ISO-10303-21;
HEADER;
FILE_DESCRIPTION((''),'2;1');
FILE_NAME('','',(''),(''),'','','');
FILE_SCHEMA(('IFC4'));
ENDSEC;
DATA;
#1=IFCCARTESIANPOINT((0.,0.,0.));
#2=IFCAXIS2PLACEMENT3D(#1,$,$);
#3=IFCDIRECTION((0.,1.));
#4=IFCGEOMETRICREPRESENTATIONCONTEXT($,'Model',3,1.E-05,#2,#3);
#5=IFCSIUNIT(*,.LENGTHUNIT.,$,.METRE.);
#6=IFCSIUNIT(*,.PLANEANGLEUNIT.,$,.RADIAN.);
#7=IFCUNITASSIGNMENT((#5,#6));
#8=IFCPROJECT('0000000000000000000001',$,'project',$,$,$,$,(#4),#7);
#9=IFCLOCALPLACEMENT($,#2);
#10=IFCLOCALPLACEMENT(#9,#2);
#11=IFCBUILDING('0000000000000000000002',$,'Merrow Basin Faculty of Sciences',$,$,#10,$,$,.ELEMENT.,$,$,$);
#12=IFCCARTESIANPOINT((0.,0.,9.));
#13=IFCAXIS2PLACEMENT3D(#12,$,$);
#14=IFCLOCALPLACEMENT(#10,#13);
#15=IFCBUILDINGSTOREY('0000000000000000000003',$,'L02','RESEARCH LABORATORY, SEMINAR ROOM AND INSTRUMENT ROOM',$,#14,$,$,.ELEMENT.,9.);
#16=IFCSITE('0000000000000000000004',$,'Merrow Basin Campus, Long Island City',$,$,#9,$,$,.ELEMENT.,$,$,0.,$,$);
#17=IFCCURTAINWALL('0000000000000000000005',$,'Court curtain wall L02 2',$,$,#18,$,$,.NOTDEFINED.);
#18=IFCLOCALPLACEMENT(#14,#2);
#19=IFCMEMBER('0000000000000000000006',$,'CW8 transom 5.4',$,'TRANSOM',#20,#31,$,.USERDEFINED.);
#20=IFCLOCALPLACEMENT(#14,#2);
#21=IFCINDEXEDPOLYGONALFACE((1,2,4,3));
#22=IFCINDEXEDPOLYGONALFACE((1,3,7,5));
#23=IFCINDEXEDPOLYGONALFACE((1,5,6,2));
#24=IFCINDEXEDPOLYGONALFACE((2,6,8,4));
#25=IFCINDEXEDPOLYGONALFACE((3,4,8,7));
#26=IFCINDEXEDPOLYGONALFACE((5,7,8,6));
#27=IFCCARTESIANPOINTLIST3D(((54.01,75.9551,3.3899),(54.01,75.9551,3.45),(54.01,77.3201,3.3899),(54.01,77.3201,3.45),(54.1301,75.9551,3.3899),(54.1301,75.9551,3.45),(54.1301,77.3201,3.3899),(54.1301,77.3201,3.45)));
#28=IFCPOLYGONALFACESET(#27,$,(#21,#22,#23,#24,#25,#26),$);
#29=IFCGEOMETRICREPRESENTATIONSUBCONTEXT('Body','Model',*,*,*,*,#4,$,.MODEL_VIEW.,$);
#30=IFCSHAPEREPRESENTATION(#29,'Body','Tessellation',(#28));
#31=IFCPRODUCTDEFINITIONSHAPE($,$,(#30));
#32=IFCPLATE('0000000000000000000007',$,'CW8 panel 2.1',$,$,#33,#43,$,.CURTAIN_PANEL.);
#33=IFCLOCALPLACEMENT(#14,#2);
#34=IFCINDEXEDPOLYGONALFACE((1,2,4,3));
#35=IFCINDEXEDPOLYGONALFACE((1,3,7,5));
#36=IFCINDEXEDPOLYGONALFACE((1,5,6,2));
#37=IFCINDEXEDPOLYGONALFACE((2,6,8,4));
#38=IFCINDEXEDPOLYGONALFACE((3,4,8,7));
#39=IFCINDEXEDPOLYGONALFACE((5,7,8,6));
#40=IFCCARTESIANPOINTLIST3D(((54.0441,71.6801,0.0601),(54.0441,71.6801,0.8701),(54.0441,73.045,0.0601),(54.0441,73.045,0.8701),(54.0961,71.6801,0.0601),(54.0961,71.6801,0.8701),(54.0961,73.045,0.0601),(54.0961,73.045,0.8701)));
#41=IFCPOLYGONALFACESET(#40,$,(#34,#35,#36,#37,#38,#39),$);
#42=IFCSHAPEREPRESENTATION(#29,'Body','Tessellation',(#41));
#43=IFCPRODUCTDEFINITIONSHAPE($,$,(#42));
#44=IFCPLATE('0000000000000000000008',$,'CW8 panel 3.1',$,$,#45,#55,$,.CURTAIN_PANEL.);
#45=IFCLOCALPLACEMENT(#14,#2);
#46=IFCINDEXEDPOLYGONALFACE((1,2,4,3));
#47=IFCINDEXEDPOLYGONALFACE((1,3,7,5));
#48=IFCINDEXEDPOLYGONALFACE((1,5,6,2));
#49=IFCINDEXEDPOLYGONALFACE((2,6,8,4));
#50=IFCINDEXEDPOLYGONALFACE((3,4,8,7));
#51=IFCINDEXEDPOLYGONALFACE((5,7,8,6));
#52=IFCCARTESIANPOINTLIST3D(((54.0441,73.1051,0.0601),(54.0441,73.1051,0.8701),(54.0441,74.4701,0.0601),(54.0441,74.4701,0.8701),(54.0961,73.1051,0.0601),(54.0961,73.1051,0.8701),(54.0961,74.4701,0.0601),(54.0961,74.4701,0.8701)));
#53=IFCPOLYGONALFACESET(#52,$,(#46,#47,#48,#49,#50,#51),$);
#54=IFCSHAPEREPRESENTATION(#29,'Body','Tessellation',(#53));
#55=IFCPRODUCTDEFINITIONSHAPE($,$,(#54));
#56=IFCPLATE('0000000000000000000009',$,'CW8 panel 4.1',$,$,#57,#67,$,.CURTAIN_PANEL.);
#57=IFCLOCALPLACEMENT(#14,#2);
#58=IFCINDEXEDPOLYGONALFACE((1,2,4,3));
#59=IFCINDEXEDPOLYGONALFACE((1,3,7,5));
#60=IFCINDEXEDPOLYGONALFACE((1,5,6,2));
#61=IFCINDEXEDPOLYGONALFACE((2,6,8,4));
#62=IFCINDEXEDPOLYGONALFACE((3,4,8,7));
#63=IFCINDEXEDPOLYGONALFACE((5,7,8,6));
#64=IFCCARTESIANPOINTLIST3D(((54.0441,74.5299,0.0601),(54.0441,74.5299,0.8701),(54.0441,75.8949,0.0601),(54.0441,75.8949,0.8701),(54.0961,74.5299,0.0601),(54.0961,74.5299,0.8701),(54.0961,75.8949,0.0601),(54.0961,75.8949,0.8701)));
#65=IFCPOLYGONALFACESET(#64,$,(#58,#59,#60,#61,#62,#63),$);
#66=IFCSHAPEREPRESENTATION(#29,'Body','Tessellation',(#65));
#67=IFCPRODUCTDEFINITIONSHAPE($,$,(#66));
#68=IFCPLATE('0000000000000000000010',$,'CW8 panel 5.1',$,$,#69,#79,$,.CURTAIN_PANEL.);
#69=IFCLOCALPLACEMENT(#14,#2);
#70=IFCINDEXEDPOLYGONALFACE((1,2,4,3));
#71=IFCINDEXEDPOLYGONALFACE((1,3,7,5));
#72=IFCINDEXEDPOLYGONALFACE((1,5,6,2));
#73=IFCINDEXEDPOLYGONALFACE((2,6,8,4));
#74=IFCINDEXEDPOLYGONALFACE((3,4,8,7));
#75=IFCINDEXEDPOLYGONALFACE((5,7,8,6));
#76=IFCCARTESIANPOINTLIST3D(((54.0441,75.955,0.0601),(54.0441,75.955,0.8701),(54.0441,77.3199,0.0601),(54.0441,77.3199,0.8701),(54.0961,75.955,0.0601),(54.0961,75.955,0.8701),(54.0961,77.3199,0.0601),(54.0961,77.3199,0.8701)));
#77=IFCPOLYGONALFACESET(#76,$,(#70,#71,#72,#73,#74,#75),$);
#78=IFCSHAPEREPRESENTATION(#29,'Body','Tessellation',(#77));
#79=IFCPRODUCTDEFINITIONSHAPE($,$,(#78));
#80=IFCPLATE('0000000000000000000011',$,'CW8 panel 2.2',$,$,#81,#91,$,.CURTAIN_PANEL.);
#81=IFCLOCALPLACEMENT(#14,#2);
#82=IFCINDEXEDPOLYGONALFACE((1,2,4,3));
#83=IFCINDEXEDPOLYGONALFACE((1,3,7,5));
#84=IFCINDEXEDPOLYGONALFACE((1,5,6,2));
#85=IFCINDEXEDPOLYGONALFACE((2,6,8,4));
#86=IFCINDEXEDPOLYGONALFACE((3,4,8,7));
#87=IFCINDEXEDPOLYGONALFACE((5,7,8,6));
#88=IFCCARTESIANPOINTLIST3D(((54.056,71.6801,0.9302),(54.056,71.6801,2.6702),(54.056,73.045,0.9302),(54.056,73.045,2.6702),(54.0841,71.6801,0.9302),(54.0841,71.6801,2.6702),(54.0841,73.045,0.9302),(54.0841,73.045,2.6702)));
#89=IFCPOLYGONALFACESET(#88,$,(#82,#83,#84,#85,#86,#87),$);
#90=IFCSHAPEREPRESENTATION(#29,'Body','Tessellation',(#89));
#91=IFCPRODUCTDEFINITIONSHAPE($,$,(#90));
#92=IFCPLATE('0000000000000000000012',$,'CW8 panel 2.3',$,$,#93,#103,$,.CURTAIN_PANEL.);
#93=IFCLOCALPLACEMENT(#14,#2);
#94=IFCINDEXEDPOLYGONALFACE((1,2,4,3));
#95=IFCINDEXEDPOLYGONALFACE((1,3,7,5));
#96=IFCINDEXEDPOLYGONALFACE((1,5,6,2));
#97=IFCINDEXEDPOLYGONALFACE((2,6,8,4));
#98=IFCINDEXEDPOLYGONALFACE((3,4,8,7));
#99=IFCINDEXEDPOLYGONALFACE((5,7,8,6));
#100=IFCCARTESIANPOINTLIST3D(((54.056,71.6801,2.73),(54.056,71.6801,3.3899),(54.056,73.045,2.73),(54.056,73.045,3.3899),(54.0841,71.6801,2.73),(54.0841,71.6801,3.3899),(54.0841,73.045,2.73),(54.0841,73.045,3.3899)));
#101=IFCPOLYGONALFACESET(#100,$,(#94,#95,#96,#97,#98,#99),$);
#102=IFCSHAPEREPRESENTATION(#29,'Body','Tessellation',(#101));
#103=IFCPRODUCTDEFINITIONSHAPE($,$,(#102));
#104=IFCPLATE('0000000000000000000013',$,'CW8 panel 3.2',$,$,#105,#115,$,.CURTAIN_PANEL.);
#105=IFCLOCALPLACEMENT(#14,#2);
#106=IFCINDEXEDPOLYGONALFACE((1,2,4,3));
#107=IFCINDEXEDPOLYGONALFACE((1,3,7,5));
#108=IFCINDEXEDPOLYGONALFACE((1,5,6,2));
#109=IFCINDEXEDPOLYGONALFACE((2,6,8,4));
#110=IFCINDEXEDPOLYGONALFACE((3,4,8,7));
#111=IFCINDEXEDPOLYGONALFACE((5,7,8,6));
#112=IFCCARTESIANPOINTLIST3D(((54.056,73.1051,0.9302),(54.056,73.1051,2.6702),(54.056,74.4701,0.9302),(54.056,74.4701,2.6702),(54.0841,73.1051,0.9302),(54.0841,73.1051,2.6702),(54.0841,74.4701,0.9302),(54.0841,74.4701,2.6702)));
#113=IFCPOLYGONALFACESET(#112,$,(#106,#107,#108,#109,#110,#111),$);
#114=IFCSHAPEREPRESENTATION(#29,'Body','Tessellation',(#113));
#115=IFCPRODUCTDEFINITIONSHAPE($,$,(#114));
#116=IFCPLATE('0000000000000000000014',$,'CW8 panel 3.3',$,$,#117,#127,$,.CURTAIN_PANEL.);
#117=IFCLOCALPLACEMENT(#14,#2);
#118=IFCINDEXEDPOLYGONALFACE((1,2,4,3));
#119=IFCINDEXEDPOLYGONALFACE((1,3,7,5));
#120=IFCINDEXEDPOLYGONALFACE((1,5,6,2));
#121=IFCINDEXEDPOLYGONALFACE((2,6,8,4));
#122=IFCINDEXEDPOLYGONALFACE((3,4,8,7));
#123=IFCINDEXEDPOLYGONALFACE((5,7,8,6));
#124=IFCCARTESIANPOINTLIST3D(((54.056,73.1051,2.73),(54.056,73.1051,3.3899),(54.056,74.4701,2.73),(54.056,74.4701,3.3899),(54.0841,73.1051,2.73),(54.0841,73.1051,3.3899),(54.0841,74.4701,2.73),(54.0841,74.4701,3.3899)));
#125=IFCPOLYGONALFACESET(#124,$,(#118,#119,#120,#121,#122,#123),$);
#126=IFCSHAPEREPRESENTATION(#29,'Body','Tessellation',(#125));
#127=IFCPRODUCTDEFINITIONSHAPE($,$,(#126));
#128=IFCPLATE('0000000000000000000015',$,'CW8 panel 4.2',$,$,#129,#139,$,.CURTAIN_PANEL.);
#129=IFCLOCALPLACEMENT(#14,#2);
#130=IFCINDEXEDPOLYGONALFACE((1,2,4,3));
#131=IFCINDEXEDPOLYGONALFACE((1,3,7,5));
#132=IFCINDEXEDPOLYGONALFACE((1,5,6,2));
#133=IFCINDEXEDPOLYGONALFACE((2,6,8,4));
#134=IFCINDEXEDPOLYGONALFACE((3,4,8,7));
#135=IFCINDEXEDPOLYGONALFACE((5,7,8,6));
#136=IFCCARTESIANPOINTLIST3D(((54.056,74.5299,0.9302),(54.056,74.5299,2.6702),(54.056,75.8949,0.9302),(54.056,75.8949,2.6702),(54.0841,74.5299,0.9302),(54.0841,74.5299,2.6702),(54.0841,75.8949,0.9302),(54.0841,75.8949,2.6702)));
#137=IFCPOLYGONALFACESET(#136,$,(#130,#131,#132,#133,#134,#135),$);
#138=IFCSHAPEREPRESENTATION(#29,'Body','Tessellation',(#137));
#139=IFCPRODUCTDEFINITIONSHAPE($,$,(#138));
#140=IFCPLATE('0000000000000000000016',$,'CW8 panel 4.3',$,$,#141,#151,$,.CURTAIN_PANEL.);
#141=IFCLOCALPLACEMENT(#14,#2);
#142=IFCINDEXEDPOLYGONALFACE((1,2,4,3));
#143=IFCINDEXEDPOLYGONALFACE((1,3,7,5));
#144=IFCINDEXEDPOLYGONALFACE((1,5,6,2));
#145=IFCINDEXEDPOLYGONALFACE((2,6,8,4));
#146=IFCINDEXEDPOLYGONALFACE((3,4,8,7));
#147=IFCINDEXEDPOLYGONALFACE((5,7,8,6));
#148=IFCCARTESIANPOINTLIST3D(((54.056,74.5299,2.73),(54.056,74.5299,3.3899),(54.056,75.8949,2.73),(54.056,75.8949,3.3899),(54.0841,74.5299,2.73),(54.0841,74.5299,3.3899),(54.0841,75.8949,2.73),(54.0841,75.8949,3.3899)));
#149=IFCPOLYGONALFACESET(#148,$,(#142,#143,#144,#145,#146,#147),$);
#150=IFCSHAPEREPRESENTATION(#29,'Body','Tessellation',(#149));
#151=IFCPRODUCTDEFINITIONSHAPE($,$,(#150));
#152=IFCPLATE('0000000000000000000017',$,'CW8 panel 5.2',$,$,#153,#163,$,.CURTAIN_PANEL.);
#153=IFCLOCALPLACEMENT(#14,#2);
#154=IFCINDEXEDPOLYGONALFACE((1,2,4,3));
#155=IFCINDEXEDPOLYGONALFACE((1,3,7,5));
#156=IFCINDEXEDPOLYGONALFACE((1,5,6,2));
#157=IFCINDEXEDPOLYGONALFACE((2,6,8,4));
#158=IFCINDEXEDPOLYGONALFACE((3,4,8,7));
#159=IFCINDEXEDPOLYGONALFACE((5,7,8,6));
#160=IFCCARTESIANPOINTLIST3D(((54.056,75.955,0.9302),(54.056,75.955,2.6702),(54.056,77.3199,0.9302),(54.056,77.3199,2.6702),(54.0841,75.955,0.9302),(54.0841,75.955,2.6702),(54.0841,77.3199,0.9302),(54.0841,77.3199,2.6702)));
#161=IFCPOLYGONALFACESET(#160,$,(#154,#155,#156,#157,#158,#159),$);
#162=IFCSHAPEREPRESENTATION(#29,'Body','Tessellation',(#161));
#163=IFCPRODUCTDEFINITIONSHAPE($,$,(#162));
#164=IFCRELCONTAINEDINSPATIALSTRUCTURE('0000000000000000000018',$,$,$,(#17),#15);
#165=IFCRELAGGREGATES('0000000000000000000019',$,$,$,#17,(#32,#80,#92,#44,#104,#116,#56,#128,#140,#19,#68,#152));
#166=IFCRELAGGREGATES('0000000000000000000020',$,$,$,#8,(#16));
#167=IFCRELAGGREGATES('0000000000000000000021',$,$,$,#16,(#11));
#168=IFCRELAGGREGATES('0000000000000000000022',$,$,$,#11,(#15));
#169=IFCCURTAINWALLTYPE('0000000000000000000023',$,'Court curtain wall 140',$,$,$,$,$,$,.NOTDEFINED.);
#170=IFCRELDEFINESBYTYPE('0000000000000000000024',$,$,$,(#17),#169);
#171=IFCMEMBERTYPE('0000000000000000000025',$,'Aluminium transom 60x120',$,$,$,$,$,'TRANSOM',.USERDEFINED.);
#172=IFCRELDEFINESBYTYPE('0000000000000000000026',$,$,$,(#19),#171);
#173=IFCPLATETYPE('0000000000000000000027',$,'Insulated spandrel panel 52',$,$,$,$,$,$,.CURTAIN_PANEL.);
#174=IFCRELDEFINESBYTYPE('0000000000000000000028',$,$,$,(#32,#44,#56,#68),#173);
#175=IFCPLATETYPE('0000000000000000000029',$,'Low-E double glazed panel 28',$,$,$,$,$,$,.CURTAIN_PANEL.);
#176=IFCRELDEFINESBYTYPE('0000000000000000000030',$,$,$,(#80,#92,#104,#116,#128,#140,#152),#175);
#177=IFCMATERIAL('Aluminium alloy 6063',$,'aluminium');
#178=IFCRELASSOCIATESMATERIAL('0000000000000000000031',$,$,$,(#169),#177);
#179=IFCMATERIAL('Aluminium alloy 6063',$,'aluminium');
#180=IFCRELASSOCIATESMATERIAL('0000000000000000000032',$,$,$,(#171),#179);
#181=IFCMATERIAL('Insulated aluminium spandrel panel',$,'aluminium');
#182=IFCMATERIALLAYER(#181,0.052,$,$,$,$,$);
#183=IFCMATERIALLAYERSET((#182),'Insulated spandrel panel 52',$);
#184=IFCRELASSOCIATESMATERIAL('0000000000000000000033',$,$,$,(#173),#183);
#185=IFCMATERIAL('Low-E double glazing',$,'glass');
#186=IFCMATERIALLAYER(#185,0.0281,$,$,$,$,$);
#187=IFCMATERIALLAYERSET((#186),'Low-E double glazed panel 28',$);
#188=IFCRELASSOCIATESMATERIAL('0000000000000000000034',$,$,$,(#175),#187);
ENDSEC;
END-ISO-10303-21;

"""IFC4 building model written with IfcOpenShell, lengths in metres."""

from ifc_helpers import new_model, si_unit, direction, frame, origin, origin_2d, place, context, subcontext, project, spatial, rectangle, extrude, material, layer, layer_set, material_profile, profile_set, type_object, element, aggregate, save


model = new_model("IFC4")

# Units and contexts
model_context = context("Model", 3, precision=1e-05, world=origin(), true_north=direction((0.0, 1.0)))
body_context = subcontext(model_context, "Body", "Model", "MODEL_VIEW")
ifc_project = project(units=[si_unit("LENGTHUNIT", "METRE"), si_unit("PLANEANGLEUNIT", "RADIAN")], contexts=[model_context])

# Site, building, storey
site_placement = place(None, origin())
site = spatial("IfcSite", under=ifc_project, at=site_placement, Name="Merrow Basin Campus, Long Island City", CompositionType="ELEMENT", RefElevation=0.0)
building_placement = place(site_placement, origin())
building = spatial("IfcBuilding", under=site, at=building_placement, Name="Merrow Basin Faculty of Sciences", CompositionType="ELEMENT")
storey_placement = place(building_placement, frame((0.0, 0.0, 9.0)))
storey = spatial("IfcBuildingStorey", under=building, at=storey_placement, Name="L02", Description="RESEARCH LABORATORY, SEMINAR ROOM AND INSTRUMENT ROOM", CompositionType="ELEMENT", Elevation=9.0)

# Curtain wall, member, plates
ifc_material_1 = material(Name="Aluminium alloy 6063", Category="aluminium")
curtain_wall_type = type_object("IfcCurtainWallType", Name="Court curtain wall 140", PredefinedType="NOTDEFINED", material=ifc_material_1)
curtain_wall_placement = place(storey_placement, origin())
curtain_wall = element("IfcCurtainWall", 1, at=curtain_wall_placement, inside=storey, type_object=curtain_wall_type, Name="Court curtain wall L02 2", PredefinedType="NOTDEFINED")
ifc_material_2 = material(Name="Aluminium alloy 6063", Category="aluminium")
ifc_material_profile_1 = material_profile(ifc_material_2, rectangle(XDim=0.1201, YDim=0.0601, at=origin_2d()))
ifc_profile_set_1 = profile_set([ifc_material_profile_1], Name="Aluminium alloy 6063")
member_type_1 = type_object("IfcMemberType", Name="Aluminium transom 60x120", ElementType="TRANSOM", PredefinedType="USERDEFINED", material=ifc_profile_set_1)
member_1_placement = place(storey_placement, frame((54.0701, 75.9551, 3.4199), z_axis=(0.0, 1.0, 0.0), x_axis=(-1.0, 0.0, 0.0)))
member_1 = element("IfcMember", 2, at=member_1_placement, type_object=member_type_1, Name="CW8 transom 5.4", ObjectType="TRANSOM", PredefinedType="USERDEFINED", context=body_context, shape_type="SweptSolid", body=[
    extrude(rectangle(XDim=0.1201, YDim=0.0601, at=origin_2d()), origin(), (0.0, 0.0, 1.0), 1.365),
])
ifc_material_3 = material(Name="Insulated aluminium spandrel panel", Category="aluminium")
ifc_layer_1 = layer(ifc_material_3, 0.052)
ifc_layer_set_1 = layer_set([ifc_layer_1], Name="Insulated spandrel panel 52")
plate_type_1 = type_object("IfcPlateType", Name="Insulated spandrel panel 52", PredefinedType="CURTAIN_PANEL", material=ifc_layer_set_1)
plate_1_placement = place(storey_placement, frame((54.0701, 72.3625, 0.0601), z_axis=(0.0, 0.0, 1.0), x_axis=(0.0, 1.0, 0.0)))
plate_1 = element("IfcPlate", 3, at=plate_1_placement, type_object=plate_type_1, Name="CW8 panel 2.1", PredefinedType="CURTAIN_PANEL", context=body_context, shape_type="SweptSolid", body=[
    extrude(rectangle(XDim=1.365, YDim=0.052, at=origin_2d()), origin(), (0.0, 0.0, 1.0), 0.8101),
])
plate_2_placement = place(storey_placement, frame((54.0701, 73.7876, 0.0601), z_axis=(0.0, 0.0, 1.0), x_axis=(0.0, 1.0, 0.0)))
plate_2 = element("IfcPlate", 4, at=plate_2_placement, type_object=plate_type_1, Name="CW8 panel 3.1", PredefinedType="CURTAIN_PANEL", context=body_context, shape_type="SweptSolid", body=[
    extrude(rectangle(XDim=1.365, YDim=0.052, at=origin_2d()), origin(), (0.0, 0.0, 1.0), 0.8101),
])
plate_3_placement = place(storey_placement, frame((54.0701, 75.2124, 0.0601), z_axis=(0.0, 0.0, 1.0), x_axis=(0.0, 1.0, 0.0)))
plate_3 = element("IfcPlate", 5, at=plate_3_placement, type_object=plate_type_1, Name="CW8 panel 4.1", PredefinedType="CURTAIN_PANEL", context=body_context, shape_type="SweptSolid", body=[
    extrude(rectangle(XDim=1.365, YDim=0.052, at=origin_2d()), origin(), (0.0, 0.0, 1.0), 0.8101),
])
plate_4_placement = place(storey_placement, frame((54.0701, 76.6375, 0.0601), z_axis=(0.0, 0.0, 1.0), x_axis=(0.0, 1.0, 0.0)))
plate_4 = element("IfcPlate", 6, at=plate_4_placement, type_object=plate_type_1, Name="CW8 panel 5.1", PredefinedType="CURTAIN_PANEL", context=body_context, shape_type="SweptSolid", body=[
    extrude(rectangle(XDim=1.365, YDim=0.052, at=origin_2d()), origin(), (0.0, 0.0, 1.0), 0.8101),
])
ifc_material_4 = material(Name="Low-E double glazing", Category="glass")
ifc_layer_2 = layer(ifc_material_4, 0.0281)
ifc_layer_set_2 = layer_set([ifc_layer_2], Name="Low-E double glazed panel 28")
plate_type_2 = type_object("IfcPlateType", Name="Low-E double glazed panel 28", PredefinedType="CURTAIN_PANEL", material=ifc_layer_set_2)
plate_5_placement = place(storey_placement, frame((54.0701, 72.3625, 0.9302), z_axis=(0.0, 0.0, 1.0), x_axis=(0.0, 1.0, 0.0)))
plate_5 = element("IfcPlate", 7, at=plate_5_placement, type_object=plate_type_2, Name="CW8 panel 2.2", PredefinedType="CURTAIN_PANEL", context=body_context, shape_type="SweptSolid", body=[
    extrude(rectangle(XDim=1.365, YDim=0.0281, at=origin_2d()), origin(), (0.0, 0.0, 1.0), 1.74),
])
plate_6_placement = place(storey_placement, frame((54.0701, 72.3625, 2.73), z_axis=(0.0, 0.0, 1.0), x_axis=(0.0, 1.0, 0.0)))
plate_6 = element("IfcPlate", 8, at=plate_6_placement, type_object=plate_type_2, Name="CW8 panel 2.3", PredefinedType="CURTAIN_PANEL", context=body_context, shape_type="SweptSolid", body=[
    extrude(rectangle(XDim=1.365, YDim=0.0281, at=origin_2d()), origin(), (0.0, 0.0, 1.0), 0.6599),
])
plate_7_placement = place(storey_placement, frame((54.0701, 73.7876, 0.9302), z_axis=(0.0, 0.0, 1.0), x_axis=(0.0, 1.0, 0.0)))
plate_7 = element("IfcPlate", 9, at=plate_7_placement, type_object=plate_type_2, Name="CW8 panel 3.2", PredefinedType="CURTAIN_PANEL", context=body_context, shape_type="SweptSolid", body=[
    extrude(rectangle(XDim=1.365, YDim=0.0281, at=origin_2d()), origin(), (0.0, 0.0, 1.0), 1.74),
])
plate_8_placement = place(storey_placement, frame((54.0701, 73.7876, 2.73), z_axis=(0.0, 0.0, 1.0), x_axis=(0.0, 1.0, 0.0)))
plate_8 = element("IfcPlate", 10, at=plate_8_placement, type_object=plate_type_2, Name="CW8 panel 3.3", PredefinedType="CURTAIN_PANEL", context=body_context, shape_type="SweptSolid", body=[
    extrude(rectangle(XDim=1.365, YDim=0.0281, at=origin_2d()), origin(), (0.0, 0.0, 1.0), 0.6599),
])
plate_9_placement = place(storey_placement, frame((54.0701, 75.2124, 0.9302), z_axis=(0.0, 0.0, 1.0), x_axis=(0.0, 1.0, 0.0)))
plate_9 = element("IfcPlate", 11, at=plate_9_placement, type_object=plate_type_2, Name="CW8 panel 4.2", PredefinedType="CURTAIN_PANEL", context=body_context, shape_type="SweptSolid", body=[
    extrude(rectangle(XDim=1.365, YDim=0.0281, at=origin_2d()), origin(), (0.0, 0.0, 1.0), 1.74),
])
plate_10_placement = place(storey_placement, frame((54.0701, 75.2124, 2.73), z_axis=(0.0, 0.0, 1.0), x_axis=(0.0, 1.0, 0.0)))
plate_10 = element("IfcPlate", 12, at=plate_10_placement, type_object=plate_type_2, Name="CW8 panel 4.3", PredefinedType="CURTAIN_PANEL", context=body_context, shape_type="SweptSolid", body=[
    extrude(rectangle(XDim=1.365, YDim=0.0281, at=origin_2d()), origin(), (0.0, 0.0, 1.0), 0.6599),
])
plate_11_placement = place(storey_placement, frame((54.0701, 76.6375, 0.9302), z_axis=(0.0, 0.0, 1.0), x_axis=(0.0, 1.0, 0.0)))
plate_11 = element("IfcPlate", 13, at=plate_11_placement, type_object=plate_type_2, Name="CW8 panel 5.2", PredefinedType="CURTAIN_PANEL", context=body_context, shape_type="SweptSolid", body=[
    extrude(rectangle(XDim=1.365, YDim=0.0281, at=origin_2d()), origin(), (0.0, 0.0, 1.0), 1.74),
])
aggregate(curtain_wall, [plate_1, plate_5, plate_6, plate_2, plate_7, plate_8, plate_3, plate_9, plate_10, member_1, plate_4, plate_11])

save(model, "model.ifc")
